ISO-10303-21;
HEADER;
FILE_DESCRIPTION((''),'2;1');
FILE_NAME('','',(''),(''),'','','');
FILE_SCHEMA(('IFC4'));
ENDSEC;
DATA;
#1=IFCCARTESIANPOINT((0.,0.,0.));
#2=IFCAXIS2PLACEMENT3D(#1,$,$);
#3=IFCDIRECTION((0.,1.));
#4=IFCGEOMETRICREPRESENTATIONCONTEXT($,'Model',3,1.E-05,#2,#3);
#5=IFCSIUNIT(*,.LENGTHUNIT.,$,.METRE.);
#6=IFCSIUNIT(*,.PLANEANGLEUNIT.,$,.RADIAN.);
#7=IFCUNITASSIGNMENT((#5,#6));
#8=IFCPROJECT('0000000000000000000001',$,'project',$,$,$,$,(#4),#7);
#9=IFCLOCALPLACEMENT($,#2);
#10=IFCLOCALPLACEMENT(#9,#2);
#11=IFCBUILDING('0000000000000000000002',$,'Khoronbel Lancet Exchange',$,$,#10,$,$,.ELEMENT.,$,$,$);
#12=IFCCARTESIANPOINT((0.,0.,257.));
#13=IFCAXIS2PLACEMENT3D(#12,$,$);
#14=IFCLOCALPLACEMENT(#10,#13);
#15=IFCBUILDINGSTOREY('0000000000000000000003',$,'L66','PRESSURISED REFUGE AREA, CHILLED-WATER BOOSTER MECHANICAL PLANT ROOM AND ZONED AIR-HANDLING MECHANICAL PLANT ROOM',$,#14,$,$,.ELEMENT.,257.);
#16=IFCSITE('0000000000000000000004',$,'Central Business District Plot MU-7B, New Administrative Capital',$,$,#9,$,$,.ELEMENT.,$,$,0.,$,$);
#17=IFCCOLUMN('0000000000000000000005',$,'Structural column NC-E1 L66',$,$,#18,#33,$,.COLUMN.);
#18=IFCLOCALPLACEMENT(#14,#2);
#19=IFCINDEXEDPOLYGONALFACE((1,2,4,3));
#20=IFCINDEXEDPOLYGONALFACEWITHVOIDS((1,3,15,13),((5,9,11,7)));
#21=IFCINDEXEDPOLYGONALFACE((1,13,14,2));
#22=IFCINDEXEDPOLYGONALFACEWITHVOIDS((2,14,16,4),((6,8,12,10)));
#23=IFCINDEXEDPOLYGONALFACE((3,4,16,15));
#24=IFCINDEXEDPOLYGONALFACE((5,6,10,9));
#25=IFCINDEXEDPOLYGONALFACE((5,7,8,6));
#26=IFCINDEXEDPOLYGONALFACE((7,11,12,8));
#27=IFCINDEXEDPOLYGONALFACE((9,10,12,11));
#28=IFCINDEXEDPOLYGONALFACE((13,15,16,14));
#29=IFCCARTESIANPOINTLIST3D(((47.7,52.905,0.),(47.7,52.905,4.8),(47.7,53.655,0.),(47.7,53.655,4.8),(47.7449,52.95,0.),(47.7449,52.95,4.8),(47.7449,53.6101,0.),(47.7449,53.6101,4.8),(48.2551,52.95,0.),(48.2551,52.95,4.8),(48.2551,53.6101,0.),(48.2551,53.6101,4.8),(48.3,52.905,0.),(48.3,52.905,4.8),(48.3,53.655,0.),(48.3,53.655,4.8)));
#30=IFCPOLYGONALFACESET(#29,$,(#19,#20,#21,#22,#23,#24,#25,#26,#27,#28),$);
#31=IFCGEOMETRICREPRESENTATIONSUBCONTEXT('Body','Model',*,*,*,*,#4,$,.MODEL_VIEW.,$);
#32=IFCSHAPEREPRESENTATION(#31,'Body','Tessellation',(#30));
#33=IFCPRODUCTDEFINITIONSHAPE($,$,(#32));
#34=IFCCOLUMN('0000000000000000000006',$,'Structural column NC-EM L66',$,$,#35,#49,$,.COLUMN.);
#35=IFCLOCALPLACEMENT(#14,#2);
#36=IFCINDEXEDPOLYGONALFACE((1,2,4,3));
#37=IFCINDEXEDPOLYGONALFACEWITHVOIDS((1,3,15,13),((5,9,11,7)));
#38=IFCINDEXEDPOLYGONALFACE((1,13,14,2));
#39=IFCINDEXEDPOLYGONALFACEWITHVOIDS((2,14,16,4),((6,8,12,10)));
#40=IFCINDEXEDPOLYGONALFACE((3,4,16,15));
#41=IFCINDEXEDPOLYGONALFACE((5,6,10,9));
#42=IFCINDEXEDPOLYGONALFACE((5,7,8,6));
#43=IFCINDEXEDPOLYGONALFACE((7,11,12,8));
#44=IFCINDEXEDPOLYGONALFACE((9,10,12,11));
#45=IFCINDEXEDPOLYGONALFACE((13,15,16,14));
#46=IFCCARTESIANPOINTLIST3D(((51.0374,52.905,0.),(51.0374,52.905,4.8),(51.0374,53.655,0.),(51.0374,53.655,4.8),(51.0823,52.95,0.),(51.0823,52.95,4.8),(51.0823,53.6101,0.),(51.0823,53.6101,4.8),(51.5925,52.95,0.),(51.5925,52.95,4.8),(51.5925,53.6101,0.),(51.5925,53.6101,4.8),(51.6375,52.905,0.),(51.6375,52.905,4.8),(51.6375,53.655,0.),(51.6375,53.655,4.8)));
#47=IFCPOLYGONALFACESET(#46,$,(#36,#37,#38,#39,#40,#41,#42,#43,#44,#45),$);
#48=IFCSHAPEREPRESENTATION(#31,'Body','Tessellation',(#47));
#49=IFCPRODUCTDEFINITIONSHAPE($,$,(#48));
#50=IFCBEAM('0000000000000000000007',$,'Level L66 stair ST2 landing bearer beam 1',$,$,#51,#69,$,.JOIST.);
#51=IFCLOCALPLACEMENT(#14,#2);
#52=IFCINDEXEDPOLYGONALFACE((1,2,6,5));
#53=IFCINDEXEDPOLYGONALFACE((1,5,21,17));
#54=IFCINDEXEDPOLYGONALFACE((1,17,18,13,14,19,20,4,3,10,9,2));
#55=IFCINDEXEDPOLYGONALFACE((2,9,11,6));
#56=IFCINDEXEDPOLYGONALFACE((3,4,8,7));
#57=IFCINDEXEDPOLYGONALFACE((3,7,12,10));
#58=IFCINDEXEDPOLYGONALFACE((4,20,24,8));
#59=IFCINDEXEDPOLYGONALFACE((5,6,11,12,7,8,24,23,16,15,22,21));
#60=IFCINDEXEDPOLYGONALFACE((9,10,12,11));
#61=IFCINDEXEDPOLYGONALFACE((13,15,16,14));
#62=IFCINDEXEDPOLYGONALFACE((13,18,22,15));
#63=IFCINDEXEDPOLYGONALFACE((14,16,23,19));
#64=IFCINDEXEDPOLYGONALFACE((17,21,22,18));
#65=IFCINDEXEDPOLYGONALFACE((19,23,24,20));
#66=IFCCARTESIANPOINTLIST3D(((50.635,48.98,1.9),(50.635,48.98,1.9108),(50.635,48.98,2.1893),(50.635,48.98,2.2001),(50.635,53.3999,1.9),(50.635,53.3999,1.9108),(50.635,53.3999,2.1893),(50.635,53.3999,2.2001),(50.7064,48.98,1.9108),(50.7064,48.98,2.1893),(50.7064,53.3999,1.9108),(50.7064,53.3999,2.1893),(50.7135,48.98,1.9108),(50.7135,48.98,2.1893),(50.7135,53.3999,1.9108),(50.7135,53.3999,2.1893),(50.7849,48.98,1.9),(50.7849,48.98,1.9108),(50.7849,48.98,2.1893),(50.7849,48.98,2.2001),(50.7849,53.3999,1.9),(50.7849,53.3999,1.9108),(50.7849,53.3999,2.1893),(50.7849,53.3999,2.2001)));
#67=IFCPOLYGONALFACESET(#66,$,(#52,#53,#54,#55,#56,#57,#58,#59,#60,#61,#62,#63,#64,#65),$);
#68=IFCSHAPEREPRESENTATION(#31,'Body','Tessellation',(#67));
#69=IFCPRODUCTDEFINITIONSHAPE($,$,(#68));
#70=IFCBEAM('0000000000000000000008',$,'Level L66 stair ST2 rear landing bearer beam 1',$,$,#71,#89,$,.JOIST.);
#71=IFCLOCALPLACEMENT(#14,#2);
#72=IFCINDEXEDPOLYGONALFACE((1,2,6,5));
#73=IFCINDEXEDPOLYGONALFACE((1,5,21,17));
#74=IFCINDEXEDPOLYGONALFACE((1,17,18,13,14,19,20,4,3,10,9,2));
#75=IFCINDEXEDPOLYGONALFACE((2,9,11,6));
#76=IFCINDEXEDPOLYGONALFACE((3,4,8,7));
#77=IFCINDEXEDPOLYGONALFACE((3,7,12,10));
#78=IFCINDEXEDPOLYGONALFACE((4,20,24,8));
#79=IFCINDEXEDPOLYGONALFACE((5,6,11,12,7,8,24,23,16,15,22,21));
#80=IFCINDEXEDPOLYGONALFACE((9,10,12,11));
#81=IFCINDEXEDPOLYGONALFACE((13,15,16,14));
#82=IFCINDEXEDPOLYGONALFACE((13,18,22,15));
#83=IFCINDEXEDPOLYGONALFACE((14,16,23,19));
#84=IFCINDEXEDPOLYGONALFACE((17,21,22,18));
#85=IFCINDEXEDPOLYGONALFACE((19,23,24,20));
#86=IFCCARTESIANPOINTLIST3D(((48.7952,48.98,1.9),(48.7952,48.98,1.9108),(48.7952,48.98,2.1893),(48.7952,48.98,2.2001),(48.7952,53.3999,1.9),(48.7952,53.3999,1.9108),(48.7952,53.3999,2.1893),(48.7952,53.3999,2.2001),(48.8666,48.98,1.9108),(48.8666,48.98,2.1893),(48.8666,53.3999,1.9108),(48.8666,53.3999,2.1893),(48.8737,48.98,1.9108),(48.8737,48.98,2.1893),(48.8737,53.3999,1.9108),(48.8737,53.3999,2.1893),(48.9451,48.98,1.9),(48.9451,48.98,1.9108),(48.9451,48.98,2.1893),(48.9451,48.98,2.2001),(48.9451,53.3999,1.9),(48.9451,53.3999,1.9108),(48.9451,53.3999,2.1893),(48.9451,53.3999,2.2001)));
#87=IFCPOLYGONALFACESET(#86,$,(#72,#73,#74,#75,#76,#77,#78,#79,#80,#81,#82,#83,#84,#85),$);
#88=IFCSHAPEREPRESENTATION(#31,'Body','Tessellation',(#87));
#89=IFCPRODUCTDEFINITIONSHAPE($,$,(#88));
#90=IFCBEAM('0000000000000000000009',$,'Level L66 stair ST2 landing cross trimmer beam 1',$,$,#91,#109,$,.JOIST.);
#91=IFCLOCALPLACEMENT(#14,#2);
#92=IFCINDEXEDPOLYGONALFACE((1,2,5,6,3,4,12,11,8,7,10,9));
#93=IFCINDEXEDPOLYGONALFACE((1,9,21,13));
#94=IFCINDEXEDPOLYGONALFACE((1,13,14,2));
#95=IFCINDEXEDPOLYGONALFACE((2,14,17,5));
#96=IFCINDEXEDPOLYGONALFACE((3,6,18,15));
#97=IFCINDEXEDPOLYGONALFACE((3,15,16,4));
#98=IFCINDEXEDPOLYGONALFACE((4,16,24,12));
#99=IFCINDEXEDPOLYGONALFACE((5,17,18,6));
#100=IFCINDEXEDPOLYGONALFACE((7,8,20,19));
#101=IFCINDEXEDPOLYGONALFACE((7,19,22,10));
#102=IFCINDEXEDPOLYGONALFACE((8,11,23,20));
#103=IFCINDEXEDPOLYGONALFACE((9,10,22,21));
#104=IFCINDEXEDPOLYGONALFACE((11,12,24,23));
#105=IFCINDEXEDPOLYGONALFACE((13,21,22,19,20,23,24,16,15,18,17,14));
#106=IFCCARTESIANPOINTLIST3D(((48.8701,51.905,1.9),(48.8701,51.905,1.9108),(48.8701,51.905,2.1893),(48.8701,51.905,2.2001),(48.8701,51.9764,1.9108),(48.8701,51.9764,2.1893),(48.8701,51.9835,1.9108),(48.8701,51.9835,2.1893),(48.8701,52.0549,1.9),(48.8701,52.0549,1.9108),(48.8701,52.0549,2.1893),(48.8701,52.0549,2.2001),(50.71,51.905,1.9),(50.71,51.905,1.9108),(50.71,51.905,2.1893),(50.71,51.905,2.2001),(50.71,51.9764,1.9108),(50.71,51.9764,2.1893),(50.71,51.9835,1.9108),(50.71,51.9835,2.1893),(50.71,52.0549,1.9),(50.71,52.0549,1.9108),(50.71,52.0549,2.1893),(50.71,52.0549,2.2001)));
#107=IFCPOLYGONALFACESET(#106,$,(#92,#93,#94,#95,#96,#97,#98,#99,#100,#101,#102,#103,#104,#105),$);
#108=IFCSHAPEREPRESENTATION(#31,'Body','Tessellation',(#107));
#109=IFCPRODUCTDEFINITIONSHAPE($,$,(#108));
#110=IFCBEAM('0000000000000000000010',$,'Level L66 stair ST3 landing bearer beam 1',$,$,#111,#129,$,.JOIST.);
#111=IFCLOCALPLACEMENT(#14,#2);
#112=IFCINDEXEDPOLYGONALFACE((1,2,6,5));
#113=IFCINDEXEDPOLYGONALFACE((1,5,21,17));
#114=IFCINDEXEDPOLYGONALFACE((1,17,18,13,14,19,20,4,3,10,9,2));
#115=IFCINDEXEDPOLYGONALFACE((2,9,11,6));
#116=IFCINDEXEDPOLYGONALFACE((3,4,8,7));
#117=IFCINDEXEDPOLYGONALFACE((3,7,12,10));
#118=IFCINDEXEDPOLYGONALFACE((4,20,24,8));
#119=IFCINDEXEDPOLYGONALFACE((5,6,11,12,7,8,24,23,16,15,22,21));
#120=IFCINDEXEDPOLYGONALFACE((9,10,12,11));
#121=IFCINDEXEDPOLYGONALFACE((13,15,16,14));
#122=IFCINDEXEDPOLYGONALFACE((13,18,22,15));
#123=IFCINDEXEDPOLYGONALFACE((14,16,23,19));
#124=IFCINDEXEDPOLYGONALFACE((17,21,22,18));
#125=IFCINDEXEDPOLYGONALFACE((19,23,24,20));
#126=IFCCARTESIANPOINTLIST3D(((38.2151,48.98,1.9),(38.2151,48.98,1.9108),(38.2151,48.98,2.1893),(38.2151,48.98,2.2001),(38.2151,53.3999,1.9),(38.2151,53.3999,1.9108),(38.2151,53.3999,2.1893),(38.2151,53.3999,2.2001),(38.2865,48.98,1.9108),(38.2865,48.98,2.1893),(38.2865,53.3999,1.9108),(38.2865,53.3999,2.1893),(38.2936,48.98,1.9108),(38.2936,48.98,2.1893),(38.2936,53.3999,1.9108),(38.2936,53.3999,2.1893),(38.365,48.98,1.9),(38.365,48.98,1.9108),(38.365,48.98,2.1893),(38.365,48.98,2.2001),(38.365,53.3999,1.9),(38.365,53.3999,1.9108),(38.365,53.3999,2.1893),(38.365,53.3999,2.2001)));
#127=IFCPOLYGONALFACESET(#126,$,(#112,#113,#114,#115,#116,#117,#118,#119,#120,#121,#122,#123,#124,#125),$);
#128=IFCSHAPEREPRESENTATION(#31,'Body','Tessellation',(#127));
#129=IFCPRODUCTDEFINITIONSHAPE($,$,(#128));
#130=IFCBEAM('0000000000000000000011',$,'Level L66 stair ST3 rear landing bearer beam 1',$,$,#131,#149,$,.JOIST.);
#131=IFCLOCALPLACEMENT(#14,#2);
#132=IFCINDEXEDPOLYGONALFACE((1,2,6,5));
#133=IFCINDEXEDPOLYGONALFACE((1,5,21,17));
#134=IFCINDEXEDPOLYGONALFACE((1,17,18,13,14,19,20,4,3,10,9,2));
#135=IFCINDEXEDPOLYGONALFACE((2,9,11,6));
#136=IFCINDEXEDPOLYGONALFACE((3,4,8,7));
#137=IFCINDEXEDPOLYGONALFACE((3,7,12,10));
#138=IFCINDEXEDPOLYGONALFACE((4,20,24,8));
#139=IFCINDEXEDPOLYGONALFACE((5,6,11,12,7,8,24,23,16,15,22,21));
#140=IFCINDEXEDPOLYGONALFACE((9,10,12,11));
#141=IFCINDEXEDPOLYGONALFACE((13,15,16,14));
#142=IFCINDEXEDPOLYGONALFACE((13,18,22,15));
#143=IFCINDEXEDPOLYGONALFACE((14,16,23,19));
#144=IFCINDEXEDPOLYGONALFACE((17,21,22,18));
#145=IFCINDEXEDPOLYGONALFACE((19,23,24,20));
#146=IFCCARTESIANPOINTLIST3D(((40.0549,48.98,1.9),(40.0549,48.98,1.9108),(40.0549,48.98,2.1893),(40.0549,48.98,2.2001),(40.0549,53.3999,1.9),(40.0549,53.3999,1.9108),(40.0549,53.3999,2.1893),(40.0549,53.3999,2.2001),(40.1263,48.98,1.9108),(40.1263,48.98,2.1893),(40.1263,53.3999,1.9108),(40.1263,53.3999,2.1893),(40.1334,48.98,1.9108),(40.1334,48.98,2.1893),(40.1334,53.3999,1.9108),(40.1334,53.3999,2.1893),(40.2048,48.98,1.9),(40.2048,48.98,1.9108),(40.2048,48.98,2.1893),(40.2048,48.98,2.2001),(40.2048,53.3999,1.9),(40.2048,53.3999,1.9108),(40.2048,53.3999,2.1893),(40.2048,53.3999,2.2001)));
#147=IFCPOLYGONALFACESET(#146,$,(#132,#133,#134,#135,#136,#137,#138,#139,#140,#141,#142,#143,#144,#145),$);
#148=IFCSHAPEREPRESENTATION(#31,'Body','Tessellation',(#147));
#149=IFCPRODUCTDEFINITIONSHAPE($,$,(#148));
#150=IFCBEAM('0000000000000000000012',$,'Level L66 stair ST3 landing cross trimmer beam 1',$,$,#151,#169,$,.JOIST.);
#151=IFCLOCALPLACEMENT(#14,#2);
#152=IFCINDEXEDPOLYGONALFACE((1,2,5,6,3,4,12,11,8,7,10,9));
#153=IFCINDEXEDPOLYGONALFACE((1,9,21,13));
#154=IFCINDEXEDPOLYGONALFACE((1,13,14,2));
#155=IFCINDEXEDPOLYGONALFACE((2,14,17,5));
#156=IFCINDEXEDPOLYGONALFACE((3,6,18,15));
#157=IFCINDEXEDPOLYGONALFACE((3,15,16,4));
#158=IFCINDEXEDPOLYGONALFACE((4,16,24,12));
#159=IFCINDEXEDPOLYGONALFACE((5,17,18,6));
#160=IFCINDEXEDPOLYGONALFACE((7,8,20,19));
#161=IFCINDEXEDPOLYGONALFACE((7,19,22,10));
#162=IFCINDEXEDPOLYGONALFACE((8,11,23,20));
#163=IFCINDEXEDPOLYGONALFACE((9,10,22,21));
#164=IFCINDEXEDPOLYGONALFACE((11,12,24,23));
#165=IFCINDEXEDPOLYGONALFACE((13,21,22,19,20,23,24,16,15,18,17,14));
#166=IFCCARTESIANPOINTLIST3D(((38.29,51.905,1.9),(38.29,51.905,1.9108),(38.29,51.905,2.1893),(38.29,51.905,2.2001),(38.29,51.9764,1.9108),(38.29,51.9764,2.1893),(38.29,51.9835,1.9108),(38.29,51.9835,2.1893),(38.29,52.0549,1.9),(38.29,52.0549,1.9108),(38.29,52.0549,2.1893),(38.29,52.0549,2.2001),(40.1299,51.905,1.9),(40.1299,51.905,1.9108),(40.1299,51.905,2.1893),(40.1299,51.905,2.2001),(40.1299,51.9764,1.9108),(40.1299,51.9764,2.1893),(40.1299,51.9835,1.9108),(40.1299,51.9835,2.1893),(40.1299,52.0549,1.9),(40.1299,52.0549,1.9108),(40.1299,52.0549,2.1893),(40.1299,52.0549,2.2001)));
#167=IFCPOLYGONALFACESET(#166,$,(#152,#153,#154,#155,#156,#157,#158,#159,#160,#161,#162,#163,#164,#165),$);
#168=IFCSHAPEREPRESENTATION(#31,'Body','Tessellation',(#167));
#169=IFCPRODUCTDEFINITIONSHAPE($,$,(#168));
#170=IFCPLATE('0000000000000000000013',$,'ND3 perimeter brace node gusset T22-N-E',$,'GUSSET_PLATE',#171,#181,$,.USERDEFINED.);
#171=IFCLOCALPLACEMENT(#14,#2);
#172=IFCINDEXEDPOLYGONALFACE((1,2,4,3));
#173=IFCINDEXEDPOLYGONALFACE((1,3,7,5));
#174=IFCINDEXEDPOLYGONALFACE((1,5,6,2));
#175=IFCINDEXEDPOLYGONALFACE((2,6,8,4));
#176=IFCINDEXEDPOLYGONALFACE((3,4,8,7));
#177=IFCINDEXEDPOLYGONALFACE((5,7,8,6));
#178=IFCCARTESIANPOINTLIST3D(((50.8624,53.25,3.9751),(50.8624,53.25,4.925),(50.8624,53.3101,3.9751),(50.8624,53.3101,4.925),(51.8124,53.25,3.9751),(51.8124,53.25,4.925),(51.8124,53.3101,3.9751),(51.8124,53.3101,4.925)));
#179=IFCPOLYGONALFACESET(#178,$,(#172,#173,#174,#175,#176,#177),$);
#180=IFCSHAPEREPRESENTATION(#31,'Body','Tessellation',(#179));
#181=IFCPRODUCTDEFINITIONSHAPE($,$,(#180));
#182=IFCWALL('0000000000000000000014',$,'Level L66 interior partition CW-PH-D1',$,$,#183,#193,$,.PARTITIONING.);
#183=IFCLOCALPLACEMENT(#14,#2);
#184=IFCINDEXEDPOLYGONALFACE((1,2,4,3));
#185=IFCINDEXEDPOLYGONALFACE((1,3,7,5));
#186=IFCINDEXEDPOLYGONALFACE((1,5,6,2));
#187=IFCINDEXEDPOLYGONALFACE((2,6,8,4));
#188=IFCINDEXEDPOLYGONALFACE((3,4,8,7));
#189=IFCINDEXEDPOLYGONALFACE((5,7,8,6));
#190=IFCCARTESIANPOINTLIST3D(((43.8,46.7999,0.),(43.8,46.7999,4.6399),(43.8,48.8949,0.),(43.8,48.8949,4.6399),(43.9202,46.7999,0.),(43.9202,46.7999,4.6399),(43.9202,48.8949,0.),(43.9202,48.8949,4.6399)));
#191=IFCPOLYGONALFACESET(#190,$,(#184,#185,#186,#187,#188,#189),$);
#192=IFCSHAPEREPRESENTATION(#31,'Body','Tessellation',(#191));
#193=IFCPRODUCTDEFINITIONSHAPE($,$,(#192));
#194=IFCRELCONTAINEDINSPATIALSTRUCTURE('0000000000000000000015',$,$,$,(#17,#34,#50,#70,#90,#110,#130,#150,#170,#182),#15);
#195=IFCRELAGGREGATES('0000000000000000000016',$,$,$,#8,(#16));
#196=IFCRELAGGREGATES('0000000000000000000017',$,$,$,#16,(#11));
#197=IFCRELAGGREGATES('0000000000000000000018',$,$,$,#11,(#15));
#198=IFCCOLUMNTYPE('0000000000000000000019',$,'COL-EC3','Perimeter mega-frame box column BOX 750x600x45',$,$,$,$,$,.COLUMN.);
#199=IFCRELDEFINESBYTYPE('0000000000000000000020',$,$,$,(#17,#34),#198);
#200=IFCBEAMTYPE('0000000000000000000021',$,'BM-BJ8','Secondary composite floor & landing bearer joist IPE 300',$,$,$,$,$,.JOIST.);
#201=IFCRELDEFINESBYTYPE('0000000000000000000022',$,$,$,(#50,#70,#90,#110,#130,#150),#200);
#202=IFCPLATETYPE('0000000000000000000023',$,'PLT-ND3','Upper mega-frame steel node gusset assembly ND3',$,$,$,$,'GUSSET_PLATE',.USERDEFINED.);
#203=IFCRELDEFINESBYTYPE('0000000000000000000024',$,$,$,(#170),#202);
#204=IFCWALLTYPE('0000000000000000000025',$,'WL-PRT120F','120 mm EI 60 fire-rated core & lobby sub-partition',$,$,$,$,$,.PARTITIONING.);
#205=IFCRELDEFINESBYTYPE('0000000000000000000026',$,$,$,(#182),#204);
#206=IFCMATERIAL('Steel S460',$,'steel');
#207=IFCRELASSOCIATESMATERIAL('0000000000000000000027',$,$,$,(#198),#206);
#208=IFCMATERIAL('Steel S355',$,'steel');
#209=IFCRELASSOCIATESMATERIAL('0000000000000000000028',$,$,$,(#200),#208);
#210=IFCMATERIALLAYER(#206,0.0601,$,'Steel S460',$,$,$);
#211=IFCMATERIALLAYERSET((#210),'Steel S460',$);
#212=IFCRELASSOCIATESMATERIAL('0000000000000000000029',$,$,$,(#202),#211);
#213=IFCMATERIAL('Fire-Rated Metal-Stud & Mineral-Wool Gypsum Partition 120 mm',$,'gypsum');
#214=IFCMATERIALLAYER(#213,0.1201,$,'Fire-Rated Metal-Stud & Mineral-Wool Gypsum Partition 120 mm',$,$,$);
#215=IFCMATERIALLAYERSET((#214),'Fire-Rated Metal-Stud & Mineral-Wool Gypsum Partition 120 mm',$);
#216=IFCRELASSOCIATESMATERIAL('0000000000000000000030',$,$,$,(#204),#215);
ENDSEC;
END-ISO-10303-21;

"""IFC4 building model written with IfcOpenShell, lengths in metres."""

from ifc_helpers import new_model, si_unit, direction, frame, frame_2d, origin, origin_2d, place, context, subcontext, project, spatial, rectangle, hollow_rectangle, i_section, extrude, material, layer, layer_set, material_profile, profile_set, type_object, element, save


model = new_model("IFC4")

# Units and contexts
model_context = context("Model", 3, precision=1e-05, world=origin(), true_north=direction((0.0, 1.0)))
body_context = subcontext(model_context, "Body", "Model", "MODEL_VIEW")
ifc_project = project(units=[si_unit("LENGTHUNIT", "METRE"), si_unit("PLANEANGLEUNIT", "RADIAN")], contexts=[model_context])

# Site, building, storey
site_placement = place(None, origin())
site = spatial("IfcSite", under=ifc_project, at=site_placement, Name="Central Business District Plot MU-7B, New Administrative Capital", CompositionType="ELEMENT", RefElevation=0.0)
building_placement = place(site_placement, origin())
building = spatial("IfcBuilding", under=site, at=building_placement, Name="Khoronbel Lancet Exchange", CompositionType="ELEMENT")
storey_placement = place(building_placement, frame((0.0, 0.0, 257.0)))
storey = spatial("IfcBuildingStorey", under=building, at=storey_placement, Name="L66", Description="PRESSURISED REFUGE AREA, CHILLED-WATER BOOSTER MECHANICAL PLANT ROOM AND ZONED AIR-HANDLING MECHANICAL PLANT ROOM", CompositionType="ELEMENT", Elevation=257.0)

# Columns
ifc_material_1 = material(Name="Steel S460", Category="steel")
ifc_material_profile_1 = material_profile(ifc_material_1, hollow_rectangle(XDim=0.6001, YDim=0.75, WallThickness=0.0449, at=origin_2d()), Name="BOX 750x600x45")
ifc_profile_set_1 = profile_set([ifc_material_profile_1], Name="Steel S460")
column_type = type_object("IfcColumnType", Name="COL-EC3", Description="Perimeter mega-frame box column BOX 750x600x45", PredefinedType="COLUMN", material=ifc_profile_set_1)
for number, where, z_axis, x_axis, name in (
    (1, (48.0, 53.28, 0.0), (0.0, 0.0, 1.0), (1.0, 0.0, 0.0), "Structural column NC-E1 L66"),
    (2, (51.3374, 53.28, 0.0), (0.0, 0.0, 1.0), (1.0, 0.0, 0.0), "Structural column NC-EM L66"),
):
    element("IfcColumn", number, at=place(storey_placement, frame(where, z_axis=z_axis, x_axis=x_axis)), inside=storey, type_object=column_type, Name=name, PredefinedType="COLUMN", context=body_context, shape_type="SweptSolid", body=[
        extrude(hollow_rectangle(XDim=0.6001, YDim=0.75, WallThickness=0.0449, at=origin_2d()), origin(), (0.0, 0.0, 1.0), 4.8),
    ])

# Beams
ifc_material_2 = material(Name="Steel S355", Category="steel")
ifc_material_profile_2 = material_profile(ifc_material_2, i_section(OverallWidth=0.1499, OverallDepth=0.3, WebThickness=0.0071, FlangeThickness=0.0107, at=origin_2d()), Name="IPE 300")
ifc_profile_set_2 = profile_set([ifc_material_profile_2], Name="Steel S355")
beam_type = type_object("IfcBeamType", Name="BM-BJ8", Description="Secondary composite floor & landing bearer joist IPE 300", PredefinedType="JOIST", material=ifc_profile_set_2)
for number, where, z_axis, x_axis, name in (
    (3, (50.71, 48.98, 2.05), (0.0, 1.0, 0.0), (-1.0, 0.0, 0.0), "Level L66 stair ST2 landing bearer beam 1"),
    (4, (48.8701, 48.98, 2.05), (0.0, 1.0, 0.0), (-1.0, 0.0, 0.0), "Level L66 stair ST2 rear landing bearer beam 1"),
):
    element("IfcBeam", number, at=place(storey_placement, frame(where, z_axis=z_axis, x_axis=x_axis)), inside=storey, type_object=beam_type, Name=name, PredefinedType="JOIST", context=body_context, shape_type="SweptSolid", body=[
        extrude(i_section(OverallWidth=0.1499, OverallDepth=0.3, WebThickness=0.0071, FlangeThickness=0.0107, at=origin_2d()), origin(), (0.0, 0.0, 1.0), 4.4199),
    ])
beam_1_placement = place(storey_placement, frame((48.8701, 51.98, 2.05), z_axis=(1.0, 0.0, 0.0), x_axis=(0.0, 1.0, 0.0)))
element("IfcBeam", 5, at=beam_1_placement, inside=storey, type_object=beam_type, Name="Level L66 stair ST2 landing cross trimmer beam 1", PredefinedType="JOIST", context=body_context, shape_type="SweptSolid", body=[
    extrude(i_section(OverallWidth=0.1499, OverallDepth=0.3, WebThickness=0.0071, FlangeThickness=0.0107, at=origin_2d()), origin(), (0.0, 0.0, 1.0), 1.8398),
])
for number, where, z_axis, x_axis, name in (
    (6, (38.29, 48.98, 2.05), (0.0, 1.0, 0.0), (-1.0, 0.0, 0.0), "Level L66 stair ST3 landing bearer beam 1"),
    (7, (40.1299, 48.98, 2.05), (0.0, 1.0, 0.0), (-1.0, 0.0, 0.0), "Level L66 stair ST3 rear landing bearer beam 1"),
):
    element("IfcBeam", number, at=place(storey_placement, frame(where, z_axis=z_axis, x_axis=x_axis)), inside=storey, type_object=beam_type, Name=name, PredefinedType="JOIST", context=body_context, shape_type="SweptSolid", body=[
        extrude(i_section(OverallWidth=0.1499, OverallDepth=0.3, WebThickness=0.0071, FlangeThickness=0.0107, at=origin_2d()), origin(), (0.0, 0.0, 1.0), 4.4199),
    ])
beam_2_placement = place(storey_placement, frame((38.29, 51.98, 2.05), z_axis=(1.0, 0.0, 0.0), x_axis=(0.0, 1.0, 0.0)))
element("IfcBeam", 8, at=beam_2_placement, inside=storey, type_object=beam_type, Name="Level L66 stair ST3 landing cross trimmer beam 1", PredefinedType="JOIST", context=body_context, shape_type="SweptSolid", body=[
    extrude(i_section(OverallWidth=0.1499, OverallDepth=0.3, WebThickness=0.0071, FlangeThickness=0.0107, at=origin_2d()), origin(), (0.0, 0.0, 1.0), 1.8398),
])

# Plate
ifc_layer_1 = layer(ifc_material_1, 0.0601, Name="Steel S460")
ifc_layer_set_1 = layer_set([ifc_layer_1], Name="Steel S460")
plate_type = type_object("IfcPlateType", Name="PLT-ND3", Description="Upper mega-frame steel node gusset assembly ND3", ElementType="GUSSET_PLATE", PredefinedType="USERDEFINED", material=ifc_layer_set_1)
plate_placement = place(storey_placement, frame((51.3374, 53.28, 3.9751), z_axis=(0.0, 0.0, 1.0), x_axis=(1.0, 0.0, 0.0)))
element("IfcPlate", 9, at=plate_placement, inside=storey, type_object=plate_type, Name="ND3 perimeter brace node gusset T22-N-E", ObjectType="GUSSET_PLATE", PredefinedType="USERDEFINED", context=body_context, shape_type="SweptSolid", body=[
    extrude(rectangle(XDim=0.95, YDim=0.0601, at=origin_2d()), origin(), (0.0, 0.0, 1.0), 0.95),
])

# Wall
ifc_material_3 = material(Name="Fire-Rated Metal-Stud & Mineral-Wool Gypsum Partition 120 mm", Category="gypsum")
ifc_layer_2 = layer(ifc_material_3, 0.1201, Name="Fire-Rated Metal-Stud & Mineral-Wool Gypsum Partition 120 mm")
ifc_layer_set_2 = layer_set([ifc_layer_2], Name="Fire-Rated Metal-Stud & Mineral-Wool Gypsum Partition 120 mm")
wall_type_1 = type_object("IfcWallType", Name="WL-PRT120F", Description="120 mm EI 60 fire-rated core & lobby sub-partition", PredefinedType="PARTITIONING", material=ifc_layer_set_2)
for number, where, z_axis, x_axis, name in (
    (10, (43.8601, 46.8, 0.0), (0.0, 0.0, 1.0), (0.0, 1.0, 0.0), "Level L66 interior partition CW-PH-D1"),
):
    element("IfcWall", number, at=place(storey_placement, frame(where, z_axis=z_axis, x_axis=x_axis)), inside=storey, type_object=wall_type_1, Name=name, PredefinedType="PARTITIONING", context=body_context, shape_type="SweptSolid", body=[
        extrude(rectangle(XDim=2.095, YDim=0.1201, at=frame_2d((1.0474, 0.0))), origin(), (0.0, 0.0, 1.0), 4.6399),
    ])

save(model, "model.ifc")
